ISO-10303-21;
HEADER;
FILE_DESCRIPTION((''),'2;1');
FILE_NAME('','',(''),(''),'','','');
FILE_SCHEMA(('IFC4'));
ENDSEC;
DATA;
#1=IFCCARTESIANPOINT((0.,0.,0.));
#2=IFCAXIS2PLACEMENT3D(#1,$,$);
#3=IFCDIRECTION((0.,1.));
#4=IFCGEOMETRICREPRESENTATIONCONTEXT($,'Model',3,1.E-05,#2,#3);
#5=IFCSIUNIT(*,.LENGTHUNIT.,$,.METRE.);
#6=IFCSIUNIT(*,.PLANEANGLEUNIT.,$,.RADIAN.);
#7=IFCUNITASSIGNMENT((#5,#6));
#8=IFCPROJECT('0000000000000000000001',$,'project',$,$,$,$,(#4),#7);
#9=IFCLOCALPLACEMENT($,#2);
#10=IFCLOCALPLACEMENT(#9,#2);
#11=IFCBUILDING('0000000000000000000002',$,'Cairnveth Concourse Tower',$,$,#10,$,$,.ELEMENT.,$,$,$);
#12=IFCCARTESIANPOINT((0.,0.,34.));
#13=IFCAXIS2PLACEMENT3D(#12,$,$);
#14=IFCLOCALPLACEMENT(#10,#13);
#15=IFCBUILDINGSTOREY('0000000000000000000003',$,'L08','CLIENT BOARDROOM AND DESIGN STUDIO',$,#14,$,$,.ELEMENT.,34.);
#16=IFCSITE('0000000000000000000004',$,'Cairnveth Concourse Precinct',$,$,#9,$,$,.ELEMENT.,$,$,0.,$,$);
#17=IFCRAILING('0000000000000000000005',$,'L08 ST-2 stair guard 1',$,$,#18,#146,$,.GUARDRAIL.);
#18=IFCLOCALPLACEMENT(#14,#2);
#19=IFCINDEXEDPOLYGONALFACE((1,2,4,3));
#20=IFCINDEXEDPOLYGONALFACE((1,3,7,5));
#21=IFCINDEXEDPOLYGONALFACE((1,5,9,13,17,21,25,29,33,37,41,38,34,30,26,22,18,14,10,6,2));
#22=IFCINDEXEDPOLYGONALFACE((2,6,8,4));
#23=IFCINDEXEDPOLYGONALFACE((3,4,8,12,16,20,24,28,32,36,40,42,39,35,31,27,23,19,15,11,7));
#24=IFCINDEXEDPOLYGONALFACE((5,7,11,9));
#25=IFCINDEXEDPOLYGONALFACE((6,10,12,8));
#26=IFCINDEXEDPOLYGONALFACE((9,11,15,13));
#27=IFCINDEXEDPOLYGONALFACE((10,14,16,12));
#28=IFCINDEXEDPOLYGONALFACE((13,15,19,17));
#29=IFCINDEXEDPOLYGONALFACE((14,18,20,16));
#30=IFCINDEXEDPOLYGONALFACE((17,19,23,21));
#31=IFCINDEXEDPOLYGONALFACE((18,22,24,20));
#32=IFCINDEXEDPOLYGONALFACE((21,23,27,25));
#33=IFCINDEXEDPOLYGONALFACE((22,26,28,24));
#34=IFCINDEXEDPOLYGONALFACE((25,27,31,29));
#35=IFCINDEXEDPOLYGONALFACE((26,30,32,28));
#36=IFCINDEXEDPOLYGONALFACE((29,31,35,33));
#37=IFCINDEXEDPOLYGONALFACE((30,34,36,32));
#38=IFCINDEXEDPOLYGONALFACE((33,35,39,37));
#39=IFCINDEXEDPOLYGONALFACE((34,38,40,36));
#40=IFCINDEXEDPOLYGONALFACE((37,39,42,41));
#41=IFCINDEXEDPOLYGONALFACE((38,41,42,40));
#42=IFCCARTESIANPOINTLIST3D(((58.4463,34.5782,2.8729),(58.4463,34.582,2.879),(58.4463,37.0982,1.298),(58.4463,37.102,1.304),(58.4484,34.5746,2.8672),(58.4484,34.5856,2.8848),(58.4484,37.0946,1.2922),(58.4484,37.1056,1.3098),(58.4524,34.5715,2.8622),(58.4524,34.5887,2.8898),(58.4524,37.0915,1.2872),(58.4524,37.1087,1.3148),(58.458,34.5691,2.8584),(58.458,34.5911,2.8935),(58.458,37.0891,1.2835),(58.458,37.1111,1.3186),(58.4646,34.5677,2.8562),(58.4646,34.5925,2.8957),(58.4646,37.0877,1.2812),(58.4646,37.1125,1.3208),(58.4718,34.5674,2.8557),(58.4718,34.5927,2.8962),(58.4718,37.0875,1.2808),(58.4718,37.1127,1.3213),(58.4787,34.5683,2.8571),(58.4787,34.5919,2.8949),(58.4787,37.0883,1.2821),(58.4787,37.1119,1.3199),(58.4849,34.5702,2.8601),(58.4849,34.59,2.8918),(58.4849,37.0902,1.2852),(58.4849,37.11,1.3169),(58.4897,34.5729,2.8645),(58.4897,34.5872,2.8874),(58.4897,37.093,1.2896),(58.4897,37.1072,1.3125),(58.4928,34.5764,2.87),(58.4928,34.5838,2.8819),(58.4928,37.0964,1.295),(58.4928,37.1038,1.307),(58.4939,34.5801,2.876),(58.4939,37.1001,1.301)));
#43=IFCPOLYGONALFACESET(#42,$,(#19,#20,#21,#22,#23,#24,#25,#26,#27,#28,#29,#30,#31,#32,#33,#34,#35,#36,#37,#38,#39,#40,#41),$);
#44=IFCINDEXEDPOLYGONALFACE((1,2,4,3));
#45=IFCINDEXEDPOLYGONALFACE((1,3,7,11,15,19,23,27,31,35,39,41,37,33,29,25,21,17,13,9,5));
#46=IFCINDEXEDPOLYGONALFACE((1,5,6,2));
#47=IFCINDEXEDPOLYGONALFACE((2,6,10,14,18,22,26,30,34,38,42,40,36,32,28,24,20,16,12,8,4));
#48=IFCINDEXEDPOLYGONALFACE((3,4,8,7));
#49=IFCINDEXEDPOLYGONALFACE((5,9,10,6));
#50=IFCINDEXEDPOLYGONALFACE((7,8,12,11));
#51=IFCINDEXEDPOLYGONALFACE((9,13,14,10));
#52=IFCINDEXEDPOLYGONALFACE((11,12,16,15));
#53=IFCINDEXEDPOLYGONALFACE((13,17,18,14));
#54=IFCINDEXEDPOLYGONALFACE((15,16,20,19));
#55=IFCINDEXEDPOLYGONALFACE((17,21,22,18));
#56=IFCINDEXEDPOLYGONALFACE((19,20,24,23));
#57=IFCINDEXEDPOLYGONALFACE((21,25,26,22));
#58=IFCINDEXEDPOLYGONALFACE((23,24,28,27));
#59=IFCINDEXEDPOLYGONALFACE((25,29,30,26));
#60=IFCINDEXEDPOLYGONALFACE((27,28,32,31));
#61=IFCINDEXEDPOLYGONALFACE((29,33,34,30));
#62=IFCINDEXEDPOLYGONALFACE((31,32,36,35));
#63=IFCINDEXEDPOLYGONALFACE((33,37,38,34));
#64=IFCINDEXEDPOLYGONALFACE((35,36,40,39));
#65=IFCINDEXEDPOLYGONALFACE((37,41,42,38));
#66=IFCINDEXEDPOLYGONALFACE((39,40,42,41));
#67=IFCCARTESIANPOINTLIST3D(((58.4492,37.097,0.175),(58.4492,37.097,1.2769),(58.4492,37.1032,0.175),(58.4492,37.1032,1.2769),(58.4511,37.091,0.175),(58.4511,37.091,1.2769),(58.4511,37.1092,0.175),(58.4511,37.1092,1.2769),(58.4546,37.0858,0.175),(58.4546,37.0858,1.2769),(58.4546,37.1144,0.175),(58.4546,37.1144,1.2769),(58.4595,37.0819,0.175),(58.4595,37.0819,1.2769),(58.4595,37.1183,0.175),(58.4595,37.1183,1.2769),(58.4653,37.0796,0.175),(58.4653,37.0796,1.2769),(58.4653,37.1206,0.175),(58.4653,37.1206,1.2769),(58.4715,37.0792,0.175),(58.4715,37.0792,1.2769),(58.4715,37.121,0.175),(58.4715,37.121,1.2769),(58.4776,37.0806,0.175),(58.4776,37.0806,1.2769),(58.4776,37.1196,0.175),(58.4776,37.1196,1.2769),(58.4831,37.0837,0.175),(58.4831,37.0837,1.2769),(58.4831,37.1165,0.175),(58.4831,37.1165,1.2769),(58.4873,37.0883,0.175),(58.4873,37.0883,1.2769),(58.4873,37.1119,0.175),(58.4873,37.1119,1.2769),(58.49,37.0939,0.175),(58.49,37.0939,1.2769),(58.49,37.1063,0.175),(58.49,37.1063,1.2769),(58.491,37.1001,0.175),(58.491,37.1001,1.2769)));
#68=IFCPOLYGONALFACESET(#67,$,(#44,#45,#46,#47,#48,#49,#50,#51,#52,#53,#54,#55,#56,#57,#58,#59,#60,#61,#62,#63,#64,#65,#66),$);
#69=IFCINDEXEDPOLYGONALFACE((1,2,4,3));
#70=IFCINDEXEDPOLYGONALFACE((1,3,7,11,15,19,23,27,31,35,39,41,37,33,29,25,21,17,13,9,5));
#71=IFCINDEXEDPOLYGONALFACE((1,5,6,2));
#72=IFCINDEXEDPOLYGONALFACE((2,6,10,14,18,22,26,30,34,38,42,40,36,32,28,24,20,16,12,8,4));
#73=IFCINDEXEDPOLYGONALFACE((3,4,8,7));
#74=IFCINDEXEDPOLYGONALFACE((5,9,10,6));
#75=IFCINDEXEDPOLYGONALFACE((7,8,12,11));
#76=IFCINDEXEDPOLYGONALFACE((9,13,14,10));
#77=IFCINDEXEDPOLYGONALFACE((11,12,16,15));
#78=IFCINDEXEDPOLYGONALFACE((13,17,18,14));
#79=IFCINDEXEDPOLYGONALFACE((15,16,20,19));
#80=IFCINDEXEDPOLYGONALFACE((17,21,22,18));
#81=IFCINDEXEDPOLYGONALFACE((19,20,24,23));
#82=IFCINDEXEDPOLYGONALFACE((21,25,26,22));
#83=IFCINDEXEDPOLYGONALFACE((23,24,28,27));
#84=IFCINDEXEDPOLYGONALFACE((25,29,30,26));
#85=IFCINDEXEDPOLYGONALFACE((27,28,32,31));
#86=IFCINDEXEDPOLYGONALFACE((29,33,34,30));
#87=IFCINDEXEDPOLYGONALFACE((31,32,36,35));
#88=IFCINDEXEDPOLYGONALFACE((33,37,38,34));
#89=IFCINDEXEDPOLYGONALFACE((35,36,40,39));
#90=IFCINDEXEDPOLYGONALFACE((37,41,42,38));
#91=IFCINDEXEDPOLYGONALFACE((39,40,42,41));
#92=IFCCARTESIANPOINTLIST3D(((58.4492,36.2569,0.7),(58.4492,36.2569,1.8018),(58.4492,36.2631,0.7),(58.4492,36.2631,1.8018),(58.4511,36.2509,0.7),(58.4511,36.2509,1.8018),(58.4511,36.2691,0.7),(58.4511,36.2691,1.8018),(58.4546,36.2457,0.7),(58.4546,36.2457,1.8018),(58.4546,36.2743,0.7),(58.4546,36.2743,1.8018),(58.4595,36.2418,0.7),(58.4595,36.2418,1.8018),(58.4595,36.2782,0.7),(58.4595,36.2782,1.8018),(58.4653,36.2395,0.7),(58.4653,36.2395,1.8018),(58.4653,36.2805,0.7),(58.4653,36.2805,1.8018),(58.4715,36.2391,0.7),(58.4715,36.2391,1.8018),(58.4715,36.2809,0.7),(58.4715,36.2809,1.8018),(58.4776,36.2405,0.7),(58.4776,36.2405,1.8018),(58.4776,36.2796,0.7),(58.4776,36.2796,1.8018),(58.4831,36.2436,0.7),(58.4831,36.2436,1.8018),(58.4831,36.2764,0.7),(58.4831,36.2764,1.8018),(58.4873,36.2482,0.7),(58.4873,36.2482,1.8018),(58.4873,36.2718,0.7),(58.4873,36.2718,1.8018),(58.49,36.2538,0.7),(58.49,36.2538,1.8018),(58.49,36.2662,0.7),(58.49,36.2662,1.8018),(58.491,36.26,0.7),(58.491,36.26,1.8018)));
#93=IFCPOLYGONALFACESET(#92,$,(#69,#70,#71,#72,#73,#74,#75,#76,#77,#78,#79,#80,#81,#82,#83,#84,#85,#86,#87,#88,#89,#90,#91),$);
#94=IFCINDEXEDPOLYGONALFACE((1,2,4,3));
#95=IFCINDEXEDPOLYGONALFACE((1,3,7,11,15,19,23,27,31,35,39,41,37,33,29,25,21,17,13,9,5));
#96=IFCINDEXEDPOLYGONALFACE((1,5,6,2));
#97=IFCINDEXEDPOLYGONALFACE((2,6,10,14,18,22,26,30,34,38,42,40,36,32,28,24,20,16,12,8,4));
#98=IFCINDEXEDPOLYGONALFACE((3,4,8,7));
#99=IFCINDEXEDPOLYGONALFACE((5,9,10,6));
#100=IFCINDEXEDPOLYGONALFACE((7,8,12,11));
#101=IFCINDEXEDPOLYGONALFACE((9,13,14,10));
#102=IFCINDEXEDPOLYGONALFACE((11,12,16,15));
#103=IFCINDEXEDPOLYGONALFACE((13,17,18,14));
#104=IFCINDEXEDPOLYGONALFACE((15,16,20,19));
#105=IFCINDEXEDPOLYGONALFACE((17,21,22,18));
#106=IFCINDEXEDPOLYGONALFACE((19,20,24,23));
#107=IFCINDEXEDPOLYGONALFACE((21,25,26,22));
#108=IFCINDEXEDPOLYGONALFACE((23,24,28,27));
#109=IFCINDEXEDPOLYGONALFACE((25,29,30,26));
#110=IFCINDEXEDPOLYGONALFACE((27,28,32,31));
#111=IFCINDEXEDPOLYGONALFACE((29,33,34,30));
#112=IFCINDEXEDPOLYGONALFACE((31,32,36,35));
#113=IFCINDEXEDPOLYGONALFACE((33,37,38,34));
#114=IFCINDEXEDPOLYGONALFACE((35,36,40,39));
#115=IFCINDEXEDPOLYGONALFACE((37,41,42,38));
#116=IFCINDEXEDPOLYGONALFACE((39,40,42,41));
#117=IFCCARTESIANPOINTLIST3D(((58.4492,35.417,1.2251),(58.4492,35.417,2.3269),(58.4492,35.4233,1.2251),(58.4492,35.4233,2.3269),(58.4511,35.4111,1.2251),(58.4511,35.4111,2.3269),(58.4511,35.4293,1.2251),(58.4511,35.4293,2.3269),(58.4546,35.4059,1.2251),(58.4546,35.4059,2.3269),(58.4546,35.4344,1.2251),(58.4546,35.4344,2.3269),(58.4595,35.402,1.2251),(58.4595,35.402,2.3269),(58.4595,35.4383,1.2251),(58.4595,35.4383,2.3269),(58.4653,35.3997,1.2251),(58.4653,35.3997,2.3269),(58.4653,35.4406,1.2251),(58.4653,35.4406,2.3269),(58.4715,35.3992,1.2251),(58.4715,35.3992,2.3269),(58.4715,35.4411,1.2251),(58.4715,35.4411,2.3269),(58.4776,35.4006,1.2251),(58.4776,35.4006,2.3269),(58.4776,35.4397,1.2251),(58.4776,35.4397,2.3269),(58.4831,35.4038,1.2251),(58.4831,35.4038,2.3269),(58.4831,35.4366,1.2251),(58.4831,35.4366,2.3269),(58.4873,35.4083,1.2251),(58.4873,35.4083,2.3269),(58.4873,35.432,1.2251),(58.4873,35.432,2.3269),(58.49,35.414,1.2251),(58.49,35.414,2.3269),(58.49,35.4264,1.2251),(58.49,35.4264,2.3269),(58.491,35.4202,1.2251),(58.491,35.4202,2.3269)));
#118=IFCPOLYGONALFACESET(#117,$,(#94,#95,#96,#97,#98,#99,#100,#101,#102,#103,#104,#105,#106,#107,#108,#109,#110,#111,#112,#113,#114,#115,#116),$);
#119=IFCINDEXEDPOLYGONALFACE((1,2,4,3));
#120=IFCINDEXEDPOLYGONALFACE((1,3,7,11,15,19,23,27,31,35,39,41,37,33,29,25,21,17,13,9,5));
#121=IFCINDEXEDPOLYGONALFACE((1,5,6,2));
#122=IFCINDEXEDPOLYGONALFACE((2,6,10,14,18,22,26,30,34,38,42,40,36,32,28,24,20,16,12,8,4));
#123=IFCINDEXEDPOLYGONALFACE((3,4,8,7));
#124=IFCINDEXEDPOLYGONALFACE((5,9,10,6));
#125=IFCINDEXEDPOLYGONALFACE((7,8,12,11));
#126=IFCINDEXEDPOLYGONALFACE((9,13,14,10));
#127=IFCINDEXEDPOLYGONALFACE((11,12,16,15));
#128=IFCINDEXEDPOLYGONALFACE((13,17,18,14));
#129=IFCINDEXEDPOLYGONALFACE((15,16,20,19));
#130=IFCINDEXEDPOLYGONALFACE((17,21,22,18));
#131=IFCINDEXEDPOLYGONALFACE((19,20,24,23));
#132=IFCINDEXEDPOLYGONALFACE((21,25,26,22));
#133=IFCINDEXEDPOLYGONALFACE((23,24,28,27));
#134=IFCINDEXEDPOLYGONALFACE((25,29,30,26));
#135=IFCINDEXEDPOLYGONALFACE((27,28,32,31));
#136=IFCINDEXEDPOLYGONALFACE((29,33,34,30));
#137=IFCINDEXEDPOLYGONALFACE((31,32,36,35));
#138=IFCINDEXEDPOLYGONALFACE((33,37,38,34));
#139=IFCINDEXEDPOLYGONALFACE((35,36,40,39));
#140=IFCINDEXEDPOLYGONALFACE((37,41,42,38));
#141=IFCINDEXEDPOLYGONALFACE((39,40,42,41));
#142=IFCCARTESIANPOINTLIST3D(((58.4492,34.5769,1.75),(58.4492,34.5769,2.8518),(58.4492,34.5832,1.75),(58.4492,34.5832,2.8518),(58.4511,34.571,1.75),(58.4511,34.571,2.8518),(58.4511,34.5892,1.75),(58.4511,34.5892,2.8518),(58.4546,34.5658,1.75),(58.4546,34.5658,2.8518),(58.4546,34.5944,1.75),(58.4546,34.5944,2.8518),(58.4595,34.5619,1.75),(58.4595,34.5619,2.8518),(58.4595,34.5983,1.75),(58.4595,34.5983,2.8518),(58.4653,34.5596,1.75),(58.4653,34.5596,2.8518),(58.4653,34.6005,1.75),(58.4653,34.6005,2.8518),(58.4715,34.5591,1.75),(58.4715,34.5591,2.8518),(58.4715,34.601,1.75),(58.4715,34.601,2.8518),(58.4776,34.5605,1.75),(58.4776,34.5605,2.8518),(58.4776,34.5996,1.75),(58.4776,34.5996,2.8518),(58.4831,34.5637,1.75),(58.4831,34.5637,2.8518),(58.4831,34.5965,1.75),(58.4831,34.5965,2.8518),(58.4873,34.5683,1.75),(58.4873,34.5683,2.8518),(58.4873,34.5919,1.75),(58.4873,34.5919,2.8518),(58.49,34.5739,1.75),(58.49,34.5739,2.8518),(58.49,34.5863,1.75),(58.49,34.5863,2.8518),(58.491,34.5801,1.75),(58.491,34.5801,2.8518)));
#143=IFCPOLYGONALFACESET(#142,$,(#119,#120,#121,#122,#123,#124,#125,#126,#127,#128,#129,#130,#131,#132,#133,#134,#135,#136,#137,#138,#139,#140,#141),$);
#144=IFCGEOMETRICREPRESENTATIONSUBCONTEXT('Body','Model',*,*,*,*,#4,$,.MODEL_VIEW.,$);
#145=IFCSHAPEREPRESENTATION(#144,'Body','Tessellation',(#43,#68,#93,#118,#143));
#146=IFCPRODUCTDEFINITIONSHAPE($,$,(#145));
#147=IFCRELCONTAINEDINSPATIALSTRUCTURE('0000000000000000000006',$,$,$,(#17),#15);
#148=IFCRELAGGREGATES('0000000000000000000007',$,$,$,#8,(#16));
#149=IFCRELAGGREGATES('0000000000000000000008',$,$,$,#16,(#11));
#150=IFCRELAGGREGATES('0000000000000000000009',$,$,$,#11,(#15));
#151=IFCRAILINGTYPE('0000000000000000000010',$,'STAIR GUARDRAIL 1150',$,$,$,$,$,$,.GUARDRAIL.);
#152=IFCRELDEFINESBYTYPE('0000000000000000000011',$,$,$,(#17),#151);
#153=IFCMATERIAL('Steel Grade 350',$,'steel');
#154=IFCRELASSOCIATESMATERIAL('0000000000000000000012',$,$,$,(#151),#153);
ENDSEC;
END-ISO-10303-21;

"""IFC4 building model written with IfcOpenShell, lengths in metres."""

from ifc_helpers import new_model, si_unit, direction, frame, origin, origin_2d, place, context, subcontext, project, spatial, circle, extrude, material, type_object, element, save


model = new_model("IFC4")

# Units and contexts
model_context = context("Model", 3, precision=1e-05, world=origin(), true_north=direction((0.0, 1.0)))
body_context = subcontext(model_context, "Body", "Model", "MODEL_VIEW")
ifc_project = project(units=[si_unit("LENGTHUNIT", "METRE"), si_unit("PLANEANGLEUNIT", "RADIAN")], contexts=[model_context])

# Site, building, storey
site_placement = place(None, origin())
site = spatial("IfcSite", under=ifc_project, at=site_placement, Name="Cairnveth Concourse Precinct", CompositionType="ELEMENT", RefElevation=0.0)
building_placement = place(site_placement, origin())
building = spatial("IfcBuilding", under=site, at=building_placement, Name="Cairnveth Concourse Tower", CompositionType="ELEMENT")
storey_placement = place(building_placement, frame((0.0, 0.0, 34.0)))
storey = spatial("IfcBuildingStorey", under=building, at=storey_placement, Name="L08", Description="CLIENT BOARDROOM AND DESIGN STUDIO", CompositionType="ELEMENT", Elevation=34.0)

# Shared definitions
ifc_material_1 = material(Name="Steel Grade 350", Category="steel")

# Railing
railing_type = type_object("IfcRailingType", Name="STAIR GUARDRAIL 1150", PredefinedType="GUARDRAIL", material=ifc_material_1)
railing_1_placement = place(storey_placement, frame((58.47, 37.1001, 0.175)))
element("IfcRailing", 1, at=railing_1_placement, inside=storey, type_object=railing_type, Name="L08 ST-2 stair guard 1", PredefinedType="GUARDRAIL", context=body_context, shape_type="SweptSolid", body=[
    extrude(circle(Radius=0.0239, at=origin_2d()), frame((0.0, 0.0, 1.126), z_axis=(0.0, -0.848008, 0.529984), x_axis=(1.0, 0.0, 0.0)), (0.0, 0.0, 1.0), 2.9717),
    extrude(circle(Radius=0.021, at=origin_2d()), origin(), (0.0, 0.0, 1.0), 1.1018),
    extrude(circle(Radius=0.021, at=origin_2d()), frame((0.0, -0.8401, 0.5249)), (0.0, 0.0, 1.0), 1.1018),
    extrude(circle(Radius=0.021, at=origin_2d()), frame((0.0, -1.6799, 1.05)), (0.0, 0.0, 1.0), 1.1018),
    extrude(circle(Radius=0.021, at=origin_2d()), frame((0.0, -2.52, 1.575)), (0.0, 0.0, 1.0), 1.1018),
])

save(model, "model.ifc")
